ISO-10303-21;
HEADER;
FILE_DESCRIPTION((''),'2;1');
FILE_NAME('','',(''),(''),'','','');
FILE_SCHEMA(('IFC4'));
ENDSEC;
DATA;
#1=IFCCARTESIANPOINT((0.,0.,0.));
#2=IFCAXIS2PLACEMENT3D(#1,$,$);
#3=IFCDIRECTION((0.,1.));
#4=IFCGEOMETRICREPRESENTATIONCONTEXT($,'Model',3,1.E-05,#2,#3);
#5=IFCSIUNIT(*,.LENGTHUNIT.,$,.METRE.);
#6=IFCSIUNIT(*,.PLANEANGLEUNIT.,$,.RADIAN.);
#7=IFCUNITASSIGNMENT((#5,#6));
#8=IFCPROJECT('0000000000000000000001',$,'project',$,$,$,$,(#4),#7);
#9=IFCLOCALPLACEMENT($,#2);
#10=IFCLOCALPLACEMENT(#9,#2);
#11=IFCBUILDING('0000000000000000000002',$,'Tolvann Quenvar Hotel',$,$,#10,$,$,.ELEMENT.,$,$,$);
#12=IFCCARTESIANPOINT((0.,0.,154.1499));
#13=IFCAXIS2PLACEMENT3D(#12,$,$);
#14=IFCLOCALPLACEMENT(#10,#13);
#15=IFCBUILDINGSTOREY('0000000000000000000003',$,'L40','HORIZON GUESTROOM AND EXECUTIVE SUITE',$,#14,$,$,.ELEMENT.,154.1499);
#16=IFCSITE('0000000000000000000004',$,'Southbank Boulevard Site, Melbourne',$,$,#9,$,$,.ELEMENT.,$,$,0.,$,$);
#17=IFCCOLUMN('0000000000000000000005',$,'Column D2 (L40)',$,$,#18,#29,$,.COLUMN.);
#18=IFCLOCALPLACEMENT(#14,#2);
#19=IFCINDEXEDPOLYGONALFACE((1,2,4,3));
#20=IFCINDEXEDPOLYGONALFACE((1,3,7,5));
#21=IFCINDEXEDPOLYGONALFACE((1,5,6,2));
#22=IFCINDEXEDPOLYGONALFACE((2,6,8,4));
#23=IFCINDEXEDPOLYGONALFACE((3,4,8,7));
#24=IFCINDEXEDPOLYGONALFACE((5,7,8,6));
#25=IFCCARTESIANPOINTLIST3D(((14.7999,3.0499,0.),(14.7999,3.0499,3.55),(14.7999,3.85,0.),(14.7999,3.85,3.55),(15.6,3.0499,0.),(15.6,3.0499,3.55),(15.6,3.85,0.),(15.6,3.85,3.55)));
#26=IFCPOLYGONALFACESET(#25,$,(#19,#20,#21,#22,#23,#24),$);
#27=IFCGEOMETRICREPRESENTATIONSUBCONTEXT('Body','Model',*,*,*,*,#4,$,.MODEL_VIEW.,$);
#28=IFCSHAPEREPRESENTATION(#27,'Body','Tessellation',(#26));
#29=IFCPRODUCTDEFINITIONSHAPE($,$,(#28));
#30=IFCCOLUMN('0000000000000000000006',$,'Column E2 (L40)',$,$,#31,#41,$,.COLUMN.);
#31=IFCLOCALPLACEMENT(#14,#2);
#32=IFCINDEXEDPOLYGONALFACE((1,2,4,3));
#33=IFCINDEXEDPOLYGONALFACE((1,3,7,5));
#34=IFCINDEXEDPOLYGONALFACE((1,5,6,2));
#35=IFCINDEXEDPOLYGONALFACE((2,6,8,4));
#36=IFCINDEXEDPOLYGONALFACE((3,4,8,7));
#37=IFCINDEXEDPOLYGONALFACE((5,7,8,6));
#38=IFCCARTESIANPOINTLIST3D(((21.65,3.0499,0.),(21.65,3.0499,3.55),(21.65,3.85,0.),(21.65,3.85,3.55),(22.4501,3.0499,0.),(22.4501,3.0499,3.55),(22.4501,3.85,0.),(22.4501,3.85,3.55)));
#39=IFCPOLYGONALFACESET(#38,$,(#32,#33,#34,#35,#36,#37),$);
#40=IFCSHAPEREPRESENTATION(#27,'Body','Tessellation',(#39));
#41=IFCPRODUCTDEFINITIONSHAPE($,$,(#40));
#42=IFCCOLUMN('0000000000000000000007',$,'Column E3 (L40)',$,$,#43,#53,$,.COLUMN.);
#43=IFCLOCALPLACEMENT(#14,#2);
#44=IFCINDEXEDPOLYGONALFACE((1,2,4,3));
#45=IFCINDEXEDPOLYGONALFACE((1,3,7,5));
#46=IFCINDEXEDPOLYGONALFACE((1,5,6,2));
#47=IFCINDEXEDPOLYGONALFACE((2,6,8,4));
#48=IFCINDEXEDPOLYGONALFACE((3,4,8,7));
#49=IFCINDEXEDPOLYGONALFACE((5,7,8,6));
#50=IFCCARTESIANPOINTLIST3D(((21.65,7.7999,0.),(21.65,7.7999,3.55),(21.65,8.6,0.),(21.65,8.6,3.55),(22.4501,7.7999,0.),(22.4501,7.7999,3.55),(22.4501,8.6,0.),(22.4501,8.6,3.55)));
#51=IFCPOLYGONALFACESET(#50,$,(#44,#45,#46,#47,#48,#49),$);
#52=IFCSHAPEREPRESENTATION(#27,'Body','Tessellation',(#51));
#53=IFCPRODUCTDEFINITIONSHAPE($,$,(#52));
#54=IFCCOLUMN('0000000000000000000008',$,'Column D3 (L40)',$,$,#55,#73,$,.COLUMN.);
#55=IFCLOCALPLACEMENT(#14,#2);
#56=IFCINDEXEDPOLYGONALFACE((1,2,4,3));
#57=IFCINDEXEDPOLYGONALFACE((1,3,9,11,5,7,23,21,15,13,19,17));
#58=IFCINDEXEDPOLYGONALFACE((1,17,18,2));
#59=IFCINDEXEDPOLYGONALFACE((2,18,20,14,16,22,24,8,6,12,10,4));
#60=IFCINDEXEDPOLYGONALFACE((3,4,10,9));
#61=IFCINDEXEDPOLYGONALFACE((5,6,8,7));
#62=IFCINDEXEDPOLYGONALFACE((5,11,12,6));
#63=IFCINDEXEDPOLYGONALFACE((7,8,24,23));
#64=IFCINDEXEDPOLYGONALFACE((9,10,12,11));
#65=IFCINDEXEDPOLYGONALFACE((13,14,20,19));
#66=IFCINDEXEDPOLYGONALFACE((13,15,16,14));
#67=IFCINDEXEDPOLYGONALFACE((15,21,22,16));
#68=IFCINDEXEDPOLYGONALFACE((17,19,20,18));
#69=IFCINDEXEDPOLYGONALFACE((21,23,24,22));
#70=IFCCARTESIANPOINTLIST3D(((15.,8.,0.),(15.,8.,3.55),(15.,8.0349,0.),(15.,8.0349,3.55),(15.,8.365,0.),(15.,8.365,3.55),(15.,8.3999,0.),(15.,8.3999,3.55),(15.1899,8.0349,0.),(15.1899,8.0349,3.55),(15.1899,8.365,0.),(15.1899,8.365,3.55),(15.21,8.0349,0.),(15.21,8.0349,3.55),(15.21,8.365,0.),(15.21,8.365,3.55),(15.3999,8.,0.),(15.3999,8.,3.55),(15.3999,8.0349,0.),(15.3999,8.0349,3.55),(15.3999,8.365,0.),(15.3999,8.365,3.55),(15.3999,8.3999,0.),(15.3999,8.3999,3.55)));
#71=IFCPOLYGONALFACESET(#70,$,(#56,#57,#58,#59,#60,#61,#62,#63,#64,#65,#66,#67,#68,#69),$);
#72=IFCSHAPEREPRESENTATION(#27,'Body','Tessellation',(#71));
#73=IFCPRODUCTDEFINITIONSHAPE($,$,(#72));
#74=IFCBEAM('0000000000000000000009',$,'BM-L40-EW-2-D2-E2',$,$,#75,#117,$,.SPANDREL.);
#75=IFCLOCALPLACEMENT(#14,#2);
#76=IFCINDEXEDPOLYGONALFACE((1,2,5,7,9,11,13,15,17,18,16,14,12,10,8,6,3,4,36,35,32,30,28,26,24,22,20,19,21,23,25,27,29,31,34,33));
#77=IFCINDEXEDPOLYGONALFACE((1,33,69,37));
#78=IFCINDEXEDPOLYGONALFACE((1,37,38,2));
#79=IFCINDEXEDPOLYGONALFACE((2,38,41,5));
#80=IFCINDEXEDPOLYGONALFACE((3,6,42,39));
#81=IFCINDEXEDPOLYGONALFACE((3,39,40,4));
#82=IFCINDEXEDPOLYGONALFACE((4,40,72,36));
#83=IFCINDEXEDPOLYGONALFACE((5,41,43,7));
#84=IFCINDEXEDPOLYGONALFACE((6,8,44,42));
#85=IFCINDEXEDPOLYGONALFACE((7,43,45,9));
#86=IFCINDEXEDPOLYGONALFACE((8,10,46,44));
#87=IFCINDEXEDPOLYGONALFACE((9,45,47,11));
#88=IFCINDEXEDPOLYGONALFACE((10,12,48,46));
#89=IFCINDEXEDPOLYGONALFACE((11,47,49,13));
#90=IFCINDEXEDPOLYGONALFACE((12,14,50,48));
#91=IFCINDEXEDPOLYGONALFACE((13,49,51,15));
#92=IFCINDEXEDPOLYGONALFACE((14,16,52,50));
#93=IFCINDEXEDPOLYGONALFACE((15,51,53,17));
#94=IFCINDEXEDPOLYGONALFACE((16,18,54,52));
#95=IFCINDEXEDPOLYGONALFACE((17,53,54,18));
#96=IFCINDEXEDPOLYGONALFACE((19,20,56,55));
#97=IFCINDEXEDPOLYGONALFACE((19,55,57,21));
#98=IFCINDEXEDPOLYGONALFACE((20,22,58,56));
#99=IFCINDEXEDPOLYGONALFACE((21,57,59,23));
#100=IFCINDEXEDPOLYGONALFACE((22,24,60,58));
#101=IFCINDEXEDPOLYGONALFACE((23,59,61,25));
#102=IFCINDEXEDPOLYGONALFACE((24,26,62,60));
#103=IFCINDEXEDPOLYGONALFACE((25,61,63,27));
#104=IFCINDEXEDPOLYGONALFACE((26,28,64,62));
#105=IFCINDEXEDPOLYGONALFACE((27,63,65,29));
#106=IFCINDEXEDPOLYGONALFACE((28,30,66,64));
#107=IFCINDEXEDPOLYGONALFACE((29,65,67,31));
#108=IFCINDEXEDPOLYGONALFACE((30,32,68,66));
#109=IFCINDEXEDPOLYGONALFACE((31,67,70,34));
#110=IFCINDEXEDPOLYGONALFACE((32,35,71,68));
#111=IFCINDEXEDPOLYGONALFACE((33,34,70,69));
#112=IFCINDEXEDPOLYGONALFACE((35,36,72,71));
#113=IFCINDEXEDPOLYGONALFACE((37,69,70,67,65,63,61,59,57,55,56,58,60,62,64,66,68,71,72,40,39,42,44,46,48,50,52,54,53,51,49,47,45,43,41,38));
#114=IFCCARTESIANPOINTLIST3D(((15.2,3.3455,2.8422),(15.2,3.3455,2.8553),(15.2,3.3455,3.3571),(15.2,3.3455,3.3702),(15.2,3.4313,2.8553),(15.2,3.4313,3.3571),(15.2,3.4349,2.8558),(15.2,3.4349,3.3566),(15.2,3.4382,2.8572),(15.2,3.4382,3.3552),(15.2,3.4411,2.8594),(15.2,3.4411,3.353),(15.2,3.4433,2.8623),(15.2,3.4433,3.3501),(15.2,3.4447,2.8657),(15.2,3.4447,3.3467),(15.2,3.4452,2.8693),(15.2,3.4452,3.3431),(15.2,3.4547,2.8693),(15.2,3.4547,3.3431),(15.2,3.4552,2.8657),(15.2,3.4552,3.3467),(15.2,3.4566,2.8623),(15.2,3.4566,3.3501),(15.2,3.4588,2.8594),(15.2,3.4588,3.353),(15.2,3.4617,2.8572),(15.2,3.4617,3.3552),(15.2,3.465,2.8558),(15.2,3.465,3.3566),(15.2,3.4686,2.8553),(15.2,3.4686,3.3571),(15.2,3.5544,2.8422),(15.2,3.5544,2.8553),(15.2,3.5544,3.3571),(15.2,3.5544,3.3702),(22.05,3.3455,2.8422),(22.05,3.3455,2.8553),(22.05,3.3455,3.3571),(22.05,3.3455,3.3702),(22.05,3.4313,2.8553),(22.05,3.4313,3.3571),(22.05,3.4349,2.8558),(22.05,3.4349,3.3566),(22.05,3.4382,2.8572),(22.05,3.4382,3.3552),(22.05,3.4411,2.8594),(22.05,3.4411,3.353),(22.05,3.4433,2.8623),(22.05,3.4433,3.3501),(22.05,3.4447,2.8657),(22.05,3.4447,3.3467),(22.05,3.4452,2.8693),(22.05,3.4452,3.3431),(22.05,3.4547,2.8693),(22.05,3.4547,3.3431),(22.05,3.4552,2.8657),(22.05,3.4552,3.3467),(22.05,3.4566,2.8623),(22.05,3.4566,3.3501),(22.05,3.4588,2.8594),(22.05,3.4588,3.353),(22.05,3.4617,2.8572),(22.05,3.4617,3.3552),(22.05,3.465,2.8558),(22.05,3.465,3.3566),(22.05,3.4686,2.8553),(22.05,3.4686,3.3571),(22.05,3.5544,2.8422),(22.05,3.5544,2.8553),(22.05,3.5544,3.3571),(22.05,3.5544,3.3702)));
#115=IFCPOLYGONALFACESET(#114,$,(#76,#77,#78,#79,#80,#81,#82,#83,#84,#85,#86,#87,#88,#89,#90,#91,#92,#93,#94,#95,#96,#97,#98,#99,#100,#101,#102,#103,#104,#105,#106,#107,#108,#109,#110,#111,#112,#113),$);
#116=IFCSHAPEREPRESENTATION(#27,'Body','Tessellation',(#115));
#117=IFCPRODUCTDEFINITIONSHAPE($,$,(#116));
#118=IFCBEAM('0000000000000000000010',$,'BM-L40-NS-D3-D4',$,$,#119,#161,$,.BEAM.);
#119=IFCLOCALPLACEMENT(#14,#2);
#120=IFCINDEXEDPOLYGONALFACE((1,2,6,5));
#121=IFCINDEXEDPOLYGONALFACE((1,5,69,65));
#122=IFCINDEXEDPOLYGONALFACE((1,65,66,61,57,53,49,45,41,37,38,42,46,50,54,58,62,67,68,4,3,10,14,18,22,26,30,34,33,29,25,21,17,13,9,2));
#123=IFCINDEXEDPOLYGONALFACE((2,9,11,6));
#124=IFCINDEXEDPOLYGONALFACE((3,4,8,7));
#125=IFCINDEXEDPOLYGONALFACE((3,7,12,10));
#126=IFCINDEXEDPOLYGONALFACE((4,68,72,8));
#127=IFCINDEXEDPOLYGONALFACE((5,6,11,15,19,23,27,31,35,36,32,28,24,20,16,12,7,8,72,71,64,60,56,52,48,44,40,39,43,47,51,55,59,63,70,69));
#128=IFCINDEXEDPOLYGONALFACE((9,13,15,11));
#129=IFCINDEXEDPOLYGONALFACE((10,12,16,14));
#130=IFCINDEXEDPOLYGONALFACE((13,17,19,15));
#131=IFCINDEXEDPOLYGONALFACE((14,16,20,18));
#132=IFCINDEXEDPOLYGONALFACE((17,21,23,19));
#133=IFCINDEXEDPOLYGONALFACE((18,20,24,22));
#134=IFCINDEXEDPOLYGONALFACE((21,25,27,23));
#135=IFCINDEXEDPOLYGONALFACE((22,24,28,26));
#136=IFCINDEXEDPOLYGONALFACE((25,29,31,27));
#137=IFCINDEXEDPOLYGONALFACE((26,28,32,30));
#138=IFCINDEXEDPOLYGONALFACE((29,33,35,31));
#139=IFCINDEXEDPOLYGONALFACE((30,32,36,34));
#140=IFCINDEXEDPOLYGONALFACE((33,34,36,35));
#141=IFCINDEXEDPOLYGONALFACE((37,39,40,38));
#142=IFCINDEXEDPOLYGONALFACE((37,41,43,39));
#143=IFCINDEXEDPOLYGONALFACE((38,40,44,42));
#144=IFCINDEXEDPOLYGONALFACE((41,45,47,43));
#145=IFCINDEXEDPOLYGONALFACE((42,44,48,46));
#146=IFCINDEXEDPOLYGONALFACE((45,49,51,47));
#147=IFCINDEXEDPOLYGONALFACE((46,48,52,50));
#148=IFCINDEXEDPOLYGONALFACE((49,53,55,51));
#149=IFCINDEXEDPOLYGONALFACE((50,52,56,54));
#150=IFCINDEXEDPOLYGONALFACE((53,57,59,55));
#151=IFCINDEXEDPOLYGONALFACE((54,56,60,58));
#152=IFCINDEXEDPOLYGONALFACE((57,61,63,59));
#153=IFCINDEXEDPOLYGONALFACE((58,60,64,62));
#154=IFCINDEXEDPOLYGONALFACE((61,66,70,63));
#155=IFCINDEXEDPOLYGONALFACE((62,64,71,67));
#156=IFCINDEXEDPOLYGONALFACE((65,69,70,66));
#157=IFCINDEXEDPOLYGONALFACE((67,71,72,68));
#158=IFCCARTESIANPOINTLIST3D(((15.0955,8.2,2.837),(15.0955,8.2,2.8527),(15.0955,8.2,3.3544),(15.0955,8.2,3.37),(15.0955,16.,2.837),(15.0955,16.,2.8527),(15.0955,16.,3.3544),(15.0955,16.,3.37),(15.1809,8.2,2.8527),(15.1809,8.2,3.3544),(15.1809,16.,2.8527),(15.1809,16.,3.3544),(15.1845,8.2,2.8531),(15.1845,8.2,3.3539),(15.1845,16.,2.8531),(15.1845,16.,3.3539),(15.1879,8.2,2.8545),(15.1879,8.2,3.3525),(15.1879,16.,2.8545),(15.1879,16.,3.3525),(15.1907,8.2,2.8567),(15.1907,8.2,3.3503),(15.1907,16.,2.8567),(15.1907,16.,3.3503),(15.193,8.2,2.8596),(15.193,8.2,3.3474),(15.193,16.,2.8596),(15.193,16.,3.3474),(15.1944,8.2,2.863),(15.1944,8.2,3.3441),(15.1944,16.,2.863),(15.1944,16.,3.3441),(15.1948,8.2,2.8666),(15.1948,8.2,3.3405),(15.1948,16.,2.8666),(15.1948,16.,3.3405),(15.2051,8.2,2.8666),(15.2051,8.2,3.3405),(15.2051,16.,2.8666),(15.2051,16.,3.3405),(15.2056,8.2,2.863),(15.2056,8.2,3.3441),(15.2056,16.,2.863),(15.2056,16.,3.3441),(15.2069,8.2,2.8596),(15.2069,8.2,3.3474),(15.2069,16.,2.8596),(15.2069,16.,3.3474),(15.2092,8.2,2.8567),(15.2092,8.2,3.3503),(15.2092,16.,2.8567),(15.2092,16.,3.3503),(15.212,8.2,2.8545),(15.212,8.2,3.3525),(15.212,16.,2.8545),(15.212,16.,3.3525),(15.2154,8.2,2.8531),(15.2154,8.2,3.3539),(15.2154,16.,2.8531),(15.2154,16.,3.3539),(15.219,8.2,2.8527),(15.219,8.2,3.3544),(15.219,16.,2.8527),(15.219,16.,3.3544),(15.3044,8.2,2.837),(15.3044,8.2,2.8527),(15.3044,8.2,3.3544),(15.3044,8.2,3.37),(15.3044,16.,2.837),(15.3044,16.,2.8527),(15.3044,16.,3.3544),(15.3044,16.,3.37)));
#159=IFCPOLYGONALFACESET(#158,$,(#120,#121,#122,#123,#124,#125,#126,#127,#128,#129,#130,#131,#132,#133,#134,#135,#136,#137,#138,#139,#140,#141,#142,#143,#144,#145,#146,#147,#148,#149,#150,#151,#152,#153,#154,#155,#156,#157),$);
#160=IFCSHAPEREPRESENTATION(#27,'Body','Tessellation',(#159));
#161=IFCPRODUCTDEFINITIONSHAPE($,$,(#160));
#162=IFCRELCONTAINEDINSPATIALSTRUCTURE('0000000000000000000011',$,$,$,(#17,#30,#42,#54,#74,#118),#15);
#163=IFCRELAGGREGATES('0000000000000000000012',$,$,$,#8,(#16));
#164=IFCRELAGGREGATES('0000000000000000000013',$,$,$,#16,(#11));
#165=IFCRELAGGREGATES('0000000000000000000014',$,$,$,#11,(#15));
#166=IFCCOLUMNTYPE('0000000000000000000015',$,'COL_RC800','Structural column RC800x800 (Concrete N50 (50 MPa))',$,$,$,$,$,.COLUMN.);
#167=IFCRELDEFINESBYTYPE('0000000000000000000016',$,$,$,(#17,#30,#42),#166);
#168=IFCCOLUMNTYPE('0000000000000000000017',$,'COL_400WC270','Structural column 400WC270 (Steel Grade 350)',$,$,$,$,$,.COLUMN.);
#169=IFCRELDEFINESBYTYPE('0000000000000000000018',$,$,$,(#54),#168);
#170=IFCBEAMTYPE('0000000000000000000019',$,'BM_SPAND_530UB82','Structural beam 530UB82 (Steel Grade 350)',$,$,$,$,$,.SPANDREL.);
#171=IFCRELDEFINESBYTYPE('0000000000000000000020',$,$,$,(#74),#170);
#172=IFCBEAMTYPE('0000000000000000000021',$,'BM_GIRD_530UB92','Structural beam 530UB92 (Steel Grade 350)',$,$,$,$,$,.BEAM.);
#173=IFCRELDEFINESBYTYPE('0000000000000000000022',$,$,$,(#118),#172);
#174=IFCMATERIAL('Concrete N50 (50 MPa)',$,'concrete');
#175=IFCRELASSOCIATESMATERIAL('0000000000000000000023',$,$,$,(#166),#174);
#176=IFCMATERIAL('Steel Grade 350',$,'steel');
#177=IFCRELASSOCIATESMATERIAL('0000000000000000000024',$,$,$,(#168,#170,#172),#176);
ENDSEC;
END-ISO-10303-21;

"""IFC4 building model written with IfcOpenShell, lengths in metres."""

from ifc_helpers import new_model, si_unit, direction, frame, origin, origin_2d, place, context, subcontext, project, spatial, rectangle, i_section, extrude, source, transform, mapped, material, material_profile, profile_set, type_object, type_shapes, element, save


model = new_model("IFC4")

# Units and contexts
model_context = context("Model", 3, precision=1e-05, world=origin(), true_north=direction((0.0, 1.0)))
body_context = subcontext(model_context, "Body", "Model", "MODEL_VIEW")
ifc_project = project(units=[si_unit("LENGTHUNIT", "METRE"), si_unit("PLANEANGLEUNIT", "RADIAN")], contexts=[model_context])

# Site, building, storey
site_placement = place(None, origin())
site = spatial("IfcSite", under=ifc_project, at=site_placement, Name="Southbank Boulevard Site, Melbourne", CompositionType="ELEMENT", RefElevation=0.0)
building_placement = place(site_placement, origin())
building = spatial("IfcBuilding", under=site, at=building_placement, Name="Tolvann Quenvar Hotel", CompositionType="ELEMENT")
storey_placement = place(building_placement, frame((0.0, 0.0, 154.1499)))
storey = spatial("IfcBuildingStorey", under=building, at=storey_placement, Name="L40", Description="HORIZON GUESTROOM AND EXECUTIVE SUITE", CompositionType="ELEMENT", Elevation=154.1499)

# Columns
ifc_material_1 = material(Name="Concrete N50 (50 MPa)", Category="concrete")
ifc_material_profile_1 = material_profile(ifc_material_1, rectangle(XDim=0.8, YDim=0.8, at=origin_2d()), Name="RC800x800")
ifc_profile_set_1 = profile_set([ifc_material_profile_1], Name="Concrete N50 (50 MPa)")
column_type_1 = type_object("IfcColumnType", Name="COL_RC800", Description="Structural column RC800x800 (Concrete N50 (50 MPa))", PredefinedType="COLUMN", material=ifc_profile_set_1)
shared_shape_1 = source(origin(), body_context, "Body", "SweptSolid", [
    extrude(rectangle(XDim=0.8, YDim=0.8, at=origin_2d()), origin(), (0.0, 0.0, 1.0), 3.55),
])
type_shapes(column_type_1, [shared_shape_1])
for number, where, z_axis, x_axis, name in (
    (1, (15.2, 3.45, 0.0), (0.0, 0.0, 1.0), (1.0, 0.0, 0.0), "Column D2 (L40)"),
    (2, (22.05, 3.45, 0.0), (0.0, 0.0, 1.0), (1.0, 0.0, 0.0), "Column E2 (L40)"),
    (3, (22.05, 8.2, 0.0), (0.0, 0.0, 1.0), (1.0, 0.0, 0.0), "Column E3 (L40)"),
):
    element("IfcColumn", number, at=place(storey_placement, frame(where, z_axis=z_axis, x_axis=x_axis)), inside=storey, type_object=column_type_1, Name=name, PredefinedType="COLUMN", context=body_context, shape_type="MappedRepresentation", body=[
        mapped(shared_shape_1, transform((0.0, 0.0, 0.0), x_axis=(1.0, 0.0, 0.0), y_axis=(0.0, 1.0, 0.0), z_axis=(0.0, 0.0, 1.0), scale=1.0)),
    ])
ifc_material_2 = material(Name="Steel Grade 350", Category="steel")
ifc_material_profile_2 = material_profile(ifc_material_2, i_section(OverallWidth=0.3999, OverallDepth=0.3999, WebThickness=0.02, FlangeThickness=0.0349, at=origin_2d()), Name="400WC270")
ifc_profile_set_2 = profile_set([ifc_material_profile_2], Name="Steel Grade 350")
column_type_2 = type_object("IfcColumnType", Name="COL_400WC270", Description="Structural column 400WC270 (Steel Grade 350)", PredefinedType="COLUMN", material=ifc_profile_set_2)
shared_shape_2 = source(origin(), body_context, "Body", "SweptSolid", [
    extrude(i_section(OverallWidth=0.3999, OverallDepth=0.3999, WebThickness=0.02, FlangeThickness=0.0349, at=origin_2d()), origin(), (0.0, 0.0, 1.0), 3.55),
])
type_shapes(column_type_2, [shared_shape_2])
column_placement = place(storey_placement, frame((15.2, 8.2, 0.0), z_axis=(0.0, 0.0, 1.0), x_axis=(1.0, 0.0, 0.0)))
element("IfcColumn", 4, at=column_placement, inside=storey, type_object=column_type_2, Name="Column D3 (L40)", PredefinedType="COLUMN", context=body_context, shape_type="MappedRepresentation", body=[
    mapped(shared_shape_2, transform((0.0, 0.0, 0.0), x_axis=(1.0, 0.0, 0.0), y_axis=(0.0, 1.0, 0.0), z_axis=(0.0, 0.0, 1.0), scale=1.0)),
])

# Beams
ifc_material_profile_3 = material_profile(ifc_material_2, i_section(OverallWidth=0.209, OverallDepth=0.5281, WebThickness=0.0095, FlangeThickness=0.0132, FilletRadius=0.0139, at=origin_2d()), Name="530UB82")
ifc_profile_set_3 = profile_set([ifc_material_profile_3], Name="Steel Grade 350")
beam_type_1 = type_object("IfcBeamType", Name="BM_SPAND_530UB82", Description="Structural beam 530UB82 (Steel Grade 350)", PredefinedType="SPANDREL", material=ifc_profile_set_3)
shared_shape_3 = source(origin(), body_context, "Body", "SweptSolid", [
    extrude(i_section(OverallWidth=0.209, OverallDepth=0.5281, WebThickness=0.0095, FlangeThickness=0.0132, FilletRadius=0.0139, at=origin_2d()), origin(), (0.0, 0.0, 1.0), 6.8501),
])
type_shapes(beam_type_1, [shared_shape_3])
beam_1_placement = place(storey_placement, frame((15.2, 3.45, 3.1062), z_axis=(1.0, 0.0, 0.0), x_axis=(0.0, 1.0, 0.0)))
element("IfcBeam", 5, at=beam_1_placement, inside=storey, type_object=beam_type_1, Name="BM-L40-EW-2-D2-E2", PredefinedType="SPANDREL", context=body_context, shape_type="MappedRepresentation", body=[
    mapped(shared_shape_3, transform((0.0, 0.0, 0.0), x_axis=(1.0, 0.0, 0.0), y_axis=(0.0, 1.0, 0.0), z_axis=(0.0, 0.0, 1.0), scale=1.0)),
])
ifc_material_profile_4 = material_profile(ifc_material_2, i_section(OverallWidth=0.209, OverallDepth=0.533, WebThickness=0.0103, FlangeThickness=0.0156, FilletRadius=0.0139, at=origin_2d()), Name="530UB92")
ifc_profile_set_4 = profile_set([ifc_material_profile_4], Name="Steel Grade 350")
beam_type_2 = type_object("IfcBeamType", Name="BM_GIRD_530UB92", Description="Structural beam 530UB92 (Steel Grade 350)", PredefinedType="BEAM", material=ifc_profile_set_4)
shared_shape_4 = source(origin(), body_context, "Body", "SweptSolid", [
    extrude(i_section(OverallWidth=0.209, OverallDepth=0.533, WebThickness=0.0103, FlangeThickness=0.0156, FilletRadius=0.0139, at=origin_2d()), origin(), (0.0, 0.0, 1.0), 7.8),
])
beam_2_placement = place(storey_placement, frame((15.2, 8.2, 3.1035), z_axis=(0.0, 1.0, 0.0), x_axis=(-1.0, 0.0, 0.0)))
element("IfcBeam", 6, at=beam_2_placement, inside=storey, type_object=beam_type_2, Name="BM-L40-NS-D3-D4", PredefinedType="BEAM", context=body_context, shape_type="MappedRepresentation", body=[
    mapped(shared_shape_4, transform((0.0, 0.0, 0.0), x_axis=(1.0, 0.0, 0.0), y_axis=(0.0, 1.0, 0.0), z_axis=(0.0, 0.0, 1.0), scale=1.0)),
])

save(model, "model.ifc")
